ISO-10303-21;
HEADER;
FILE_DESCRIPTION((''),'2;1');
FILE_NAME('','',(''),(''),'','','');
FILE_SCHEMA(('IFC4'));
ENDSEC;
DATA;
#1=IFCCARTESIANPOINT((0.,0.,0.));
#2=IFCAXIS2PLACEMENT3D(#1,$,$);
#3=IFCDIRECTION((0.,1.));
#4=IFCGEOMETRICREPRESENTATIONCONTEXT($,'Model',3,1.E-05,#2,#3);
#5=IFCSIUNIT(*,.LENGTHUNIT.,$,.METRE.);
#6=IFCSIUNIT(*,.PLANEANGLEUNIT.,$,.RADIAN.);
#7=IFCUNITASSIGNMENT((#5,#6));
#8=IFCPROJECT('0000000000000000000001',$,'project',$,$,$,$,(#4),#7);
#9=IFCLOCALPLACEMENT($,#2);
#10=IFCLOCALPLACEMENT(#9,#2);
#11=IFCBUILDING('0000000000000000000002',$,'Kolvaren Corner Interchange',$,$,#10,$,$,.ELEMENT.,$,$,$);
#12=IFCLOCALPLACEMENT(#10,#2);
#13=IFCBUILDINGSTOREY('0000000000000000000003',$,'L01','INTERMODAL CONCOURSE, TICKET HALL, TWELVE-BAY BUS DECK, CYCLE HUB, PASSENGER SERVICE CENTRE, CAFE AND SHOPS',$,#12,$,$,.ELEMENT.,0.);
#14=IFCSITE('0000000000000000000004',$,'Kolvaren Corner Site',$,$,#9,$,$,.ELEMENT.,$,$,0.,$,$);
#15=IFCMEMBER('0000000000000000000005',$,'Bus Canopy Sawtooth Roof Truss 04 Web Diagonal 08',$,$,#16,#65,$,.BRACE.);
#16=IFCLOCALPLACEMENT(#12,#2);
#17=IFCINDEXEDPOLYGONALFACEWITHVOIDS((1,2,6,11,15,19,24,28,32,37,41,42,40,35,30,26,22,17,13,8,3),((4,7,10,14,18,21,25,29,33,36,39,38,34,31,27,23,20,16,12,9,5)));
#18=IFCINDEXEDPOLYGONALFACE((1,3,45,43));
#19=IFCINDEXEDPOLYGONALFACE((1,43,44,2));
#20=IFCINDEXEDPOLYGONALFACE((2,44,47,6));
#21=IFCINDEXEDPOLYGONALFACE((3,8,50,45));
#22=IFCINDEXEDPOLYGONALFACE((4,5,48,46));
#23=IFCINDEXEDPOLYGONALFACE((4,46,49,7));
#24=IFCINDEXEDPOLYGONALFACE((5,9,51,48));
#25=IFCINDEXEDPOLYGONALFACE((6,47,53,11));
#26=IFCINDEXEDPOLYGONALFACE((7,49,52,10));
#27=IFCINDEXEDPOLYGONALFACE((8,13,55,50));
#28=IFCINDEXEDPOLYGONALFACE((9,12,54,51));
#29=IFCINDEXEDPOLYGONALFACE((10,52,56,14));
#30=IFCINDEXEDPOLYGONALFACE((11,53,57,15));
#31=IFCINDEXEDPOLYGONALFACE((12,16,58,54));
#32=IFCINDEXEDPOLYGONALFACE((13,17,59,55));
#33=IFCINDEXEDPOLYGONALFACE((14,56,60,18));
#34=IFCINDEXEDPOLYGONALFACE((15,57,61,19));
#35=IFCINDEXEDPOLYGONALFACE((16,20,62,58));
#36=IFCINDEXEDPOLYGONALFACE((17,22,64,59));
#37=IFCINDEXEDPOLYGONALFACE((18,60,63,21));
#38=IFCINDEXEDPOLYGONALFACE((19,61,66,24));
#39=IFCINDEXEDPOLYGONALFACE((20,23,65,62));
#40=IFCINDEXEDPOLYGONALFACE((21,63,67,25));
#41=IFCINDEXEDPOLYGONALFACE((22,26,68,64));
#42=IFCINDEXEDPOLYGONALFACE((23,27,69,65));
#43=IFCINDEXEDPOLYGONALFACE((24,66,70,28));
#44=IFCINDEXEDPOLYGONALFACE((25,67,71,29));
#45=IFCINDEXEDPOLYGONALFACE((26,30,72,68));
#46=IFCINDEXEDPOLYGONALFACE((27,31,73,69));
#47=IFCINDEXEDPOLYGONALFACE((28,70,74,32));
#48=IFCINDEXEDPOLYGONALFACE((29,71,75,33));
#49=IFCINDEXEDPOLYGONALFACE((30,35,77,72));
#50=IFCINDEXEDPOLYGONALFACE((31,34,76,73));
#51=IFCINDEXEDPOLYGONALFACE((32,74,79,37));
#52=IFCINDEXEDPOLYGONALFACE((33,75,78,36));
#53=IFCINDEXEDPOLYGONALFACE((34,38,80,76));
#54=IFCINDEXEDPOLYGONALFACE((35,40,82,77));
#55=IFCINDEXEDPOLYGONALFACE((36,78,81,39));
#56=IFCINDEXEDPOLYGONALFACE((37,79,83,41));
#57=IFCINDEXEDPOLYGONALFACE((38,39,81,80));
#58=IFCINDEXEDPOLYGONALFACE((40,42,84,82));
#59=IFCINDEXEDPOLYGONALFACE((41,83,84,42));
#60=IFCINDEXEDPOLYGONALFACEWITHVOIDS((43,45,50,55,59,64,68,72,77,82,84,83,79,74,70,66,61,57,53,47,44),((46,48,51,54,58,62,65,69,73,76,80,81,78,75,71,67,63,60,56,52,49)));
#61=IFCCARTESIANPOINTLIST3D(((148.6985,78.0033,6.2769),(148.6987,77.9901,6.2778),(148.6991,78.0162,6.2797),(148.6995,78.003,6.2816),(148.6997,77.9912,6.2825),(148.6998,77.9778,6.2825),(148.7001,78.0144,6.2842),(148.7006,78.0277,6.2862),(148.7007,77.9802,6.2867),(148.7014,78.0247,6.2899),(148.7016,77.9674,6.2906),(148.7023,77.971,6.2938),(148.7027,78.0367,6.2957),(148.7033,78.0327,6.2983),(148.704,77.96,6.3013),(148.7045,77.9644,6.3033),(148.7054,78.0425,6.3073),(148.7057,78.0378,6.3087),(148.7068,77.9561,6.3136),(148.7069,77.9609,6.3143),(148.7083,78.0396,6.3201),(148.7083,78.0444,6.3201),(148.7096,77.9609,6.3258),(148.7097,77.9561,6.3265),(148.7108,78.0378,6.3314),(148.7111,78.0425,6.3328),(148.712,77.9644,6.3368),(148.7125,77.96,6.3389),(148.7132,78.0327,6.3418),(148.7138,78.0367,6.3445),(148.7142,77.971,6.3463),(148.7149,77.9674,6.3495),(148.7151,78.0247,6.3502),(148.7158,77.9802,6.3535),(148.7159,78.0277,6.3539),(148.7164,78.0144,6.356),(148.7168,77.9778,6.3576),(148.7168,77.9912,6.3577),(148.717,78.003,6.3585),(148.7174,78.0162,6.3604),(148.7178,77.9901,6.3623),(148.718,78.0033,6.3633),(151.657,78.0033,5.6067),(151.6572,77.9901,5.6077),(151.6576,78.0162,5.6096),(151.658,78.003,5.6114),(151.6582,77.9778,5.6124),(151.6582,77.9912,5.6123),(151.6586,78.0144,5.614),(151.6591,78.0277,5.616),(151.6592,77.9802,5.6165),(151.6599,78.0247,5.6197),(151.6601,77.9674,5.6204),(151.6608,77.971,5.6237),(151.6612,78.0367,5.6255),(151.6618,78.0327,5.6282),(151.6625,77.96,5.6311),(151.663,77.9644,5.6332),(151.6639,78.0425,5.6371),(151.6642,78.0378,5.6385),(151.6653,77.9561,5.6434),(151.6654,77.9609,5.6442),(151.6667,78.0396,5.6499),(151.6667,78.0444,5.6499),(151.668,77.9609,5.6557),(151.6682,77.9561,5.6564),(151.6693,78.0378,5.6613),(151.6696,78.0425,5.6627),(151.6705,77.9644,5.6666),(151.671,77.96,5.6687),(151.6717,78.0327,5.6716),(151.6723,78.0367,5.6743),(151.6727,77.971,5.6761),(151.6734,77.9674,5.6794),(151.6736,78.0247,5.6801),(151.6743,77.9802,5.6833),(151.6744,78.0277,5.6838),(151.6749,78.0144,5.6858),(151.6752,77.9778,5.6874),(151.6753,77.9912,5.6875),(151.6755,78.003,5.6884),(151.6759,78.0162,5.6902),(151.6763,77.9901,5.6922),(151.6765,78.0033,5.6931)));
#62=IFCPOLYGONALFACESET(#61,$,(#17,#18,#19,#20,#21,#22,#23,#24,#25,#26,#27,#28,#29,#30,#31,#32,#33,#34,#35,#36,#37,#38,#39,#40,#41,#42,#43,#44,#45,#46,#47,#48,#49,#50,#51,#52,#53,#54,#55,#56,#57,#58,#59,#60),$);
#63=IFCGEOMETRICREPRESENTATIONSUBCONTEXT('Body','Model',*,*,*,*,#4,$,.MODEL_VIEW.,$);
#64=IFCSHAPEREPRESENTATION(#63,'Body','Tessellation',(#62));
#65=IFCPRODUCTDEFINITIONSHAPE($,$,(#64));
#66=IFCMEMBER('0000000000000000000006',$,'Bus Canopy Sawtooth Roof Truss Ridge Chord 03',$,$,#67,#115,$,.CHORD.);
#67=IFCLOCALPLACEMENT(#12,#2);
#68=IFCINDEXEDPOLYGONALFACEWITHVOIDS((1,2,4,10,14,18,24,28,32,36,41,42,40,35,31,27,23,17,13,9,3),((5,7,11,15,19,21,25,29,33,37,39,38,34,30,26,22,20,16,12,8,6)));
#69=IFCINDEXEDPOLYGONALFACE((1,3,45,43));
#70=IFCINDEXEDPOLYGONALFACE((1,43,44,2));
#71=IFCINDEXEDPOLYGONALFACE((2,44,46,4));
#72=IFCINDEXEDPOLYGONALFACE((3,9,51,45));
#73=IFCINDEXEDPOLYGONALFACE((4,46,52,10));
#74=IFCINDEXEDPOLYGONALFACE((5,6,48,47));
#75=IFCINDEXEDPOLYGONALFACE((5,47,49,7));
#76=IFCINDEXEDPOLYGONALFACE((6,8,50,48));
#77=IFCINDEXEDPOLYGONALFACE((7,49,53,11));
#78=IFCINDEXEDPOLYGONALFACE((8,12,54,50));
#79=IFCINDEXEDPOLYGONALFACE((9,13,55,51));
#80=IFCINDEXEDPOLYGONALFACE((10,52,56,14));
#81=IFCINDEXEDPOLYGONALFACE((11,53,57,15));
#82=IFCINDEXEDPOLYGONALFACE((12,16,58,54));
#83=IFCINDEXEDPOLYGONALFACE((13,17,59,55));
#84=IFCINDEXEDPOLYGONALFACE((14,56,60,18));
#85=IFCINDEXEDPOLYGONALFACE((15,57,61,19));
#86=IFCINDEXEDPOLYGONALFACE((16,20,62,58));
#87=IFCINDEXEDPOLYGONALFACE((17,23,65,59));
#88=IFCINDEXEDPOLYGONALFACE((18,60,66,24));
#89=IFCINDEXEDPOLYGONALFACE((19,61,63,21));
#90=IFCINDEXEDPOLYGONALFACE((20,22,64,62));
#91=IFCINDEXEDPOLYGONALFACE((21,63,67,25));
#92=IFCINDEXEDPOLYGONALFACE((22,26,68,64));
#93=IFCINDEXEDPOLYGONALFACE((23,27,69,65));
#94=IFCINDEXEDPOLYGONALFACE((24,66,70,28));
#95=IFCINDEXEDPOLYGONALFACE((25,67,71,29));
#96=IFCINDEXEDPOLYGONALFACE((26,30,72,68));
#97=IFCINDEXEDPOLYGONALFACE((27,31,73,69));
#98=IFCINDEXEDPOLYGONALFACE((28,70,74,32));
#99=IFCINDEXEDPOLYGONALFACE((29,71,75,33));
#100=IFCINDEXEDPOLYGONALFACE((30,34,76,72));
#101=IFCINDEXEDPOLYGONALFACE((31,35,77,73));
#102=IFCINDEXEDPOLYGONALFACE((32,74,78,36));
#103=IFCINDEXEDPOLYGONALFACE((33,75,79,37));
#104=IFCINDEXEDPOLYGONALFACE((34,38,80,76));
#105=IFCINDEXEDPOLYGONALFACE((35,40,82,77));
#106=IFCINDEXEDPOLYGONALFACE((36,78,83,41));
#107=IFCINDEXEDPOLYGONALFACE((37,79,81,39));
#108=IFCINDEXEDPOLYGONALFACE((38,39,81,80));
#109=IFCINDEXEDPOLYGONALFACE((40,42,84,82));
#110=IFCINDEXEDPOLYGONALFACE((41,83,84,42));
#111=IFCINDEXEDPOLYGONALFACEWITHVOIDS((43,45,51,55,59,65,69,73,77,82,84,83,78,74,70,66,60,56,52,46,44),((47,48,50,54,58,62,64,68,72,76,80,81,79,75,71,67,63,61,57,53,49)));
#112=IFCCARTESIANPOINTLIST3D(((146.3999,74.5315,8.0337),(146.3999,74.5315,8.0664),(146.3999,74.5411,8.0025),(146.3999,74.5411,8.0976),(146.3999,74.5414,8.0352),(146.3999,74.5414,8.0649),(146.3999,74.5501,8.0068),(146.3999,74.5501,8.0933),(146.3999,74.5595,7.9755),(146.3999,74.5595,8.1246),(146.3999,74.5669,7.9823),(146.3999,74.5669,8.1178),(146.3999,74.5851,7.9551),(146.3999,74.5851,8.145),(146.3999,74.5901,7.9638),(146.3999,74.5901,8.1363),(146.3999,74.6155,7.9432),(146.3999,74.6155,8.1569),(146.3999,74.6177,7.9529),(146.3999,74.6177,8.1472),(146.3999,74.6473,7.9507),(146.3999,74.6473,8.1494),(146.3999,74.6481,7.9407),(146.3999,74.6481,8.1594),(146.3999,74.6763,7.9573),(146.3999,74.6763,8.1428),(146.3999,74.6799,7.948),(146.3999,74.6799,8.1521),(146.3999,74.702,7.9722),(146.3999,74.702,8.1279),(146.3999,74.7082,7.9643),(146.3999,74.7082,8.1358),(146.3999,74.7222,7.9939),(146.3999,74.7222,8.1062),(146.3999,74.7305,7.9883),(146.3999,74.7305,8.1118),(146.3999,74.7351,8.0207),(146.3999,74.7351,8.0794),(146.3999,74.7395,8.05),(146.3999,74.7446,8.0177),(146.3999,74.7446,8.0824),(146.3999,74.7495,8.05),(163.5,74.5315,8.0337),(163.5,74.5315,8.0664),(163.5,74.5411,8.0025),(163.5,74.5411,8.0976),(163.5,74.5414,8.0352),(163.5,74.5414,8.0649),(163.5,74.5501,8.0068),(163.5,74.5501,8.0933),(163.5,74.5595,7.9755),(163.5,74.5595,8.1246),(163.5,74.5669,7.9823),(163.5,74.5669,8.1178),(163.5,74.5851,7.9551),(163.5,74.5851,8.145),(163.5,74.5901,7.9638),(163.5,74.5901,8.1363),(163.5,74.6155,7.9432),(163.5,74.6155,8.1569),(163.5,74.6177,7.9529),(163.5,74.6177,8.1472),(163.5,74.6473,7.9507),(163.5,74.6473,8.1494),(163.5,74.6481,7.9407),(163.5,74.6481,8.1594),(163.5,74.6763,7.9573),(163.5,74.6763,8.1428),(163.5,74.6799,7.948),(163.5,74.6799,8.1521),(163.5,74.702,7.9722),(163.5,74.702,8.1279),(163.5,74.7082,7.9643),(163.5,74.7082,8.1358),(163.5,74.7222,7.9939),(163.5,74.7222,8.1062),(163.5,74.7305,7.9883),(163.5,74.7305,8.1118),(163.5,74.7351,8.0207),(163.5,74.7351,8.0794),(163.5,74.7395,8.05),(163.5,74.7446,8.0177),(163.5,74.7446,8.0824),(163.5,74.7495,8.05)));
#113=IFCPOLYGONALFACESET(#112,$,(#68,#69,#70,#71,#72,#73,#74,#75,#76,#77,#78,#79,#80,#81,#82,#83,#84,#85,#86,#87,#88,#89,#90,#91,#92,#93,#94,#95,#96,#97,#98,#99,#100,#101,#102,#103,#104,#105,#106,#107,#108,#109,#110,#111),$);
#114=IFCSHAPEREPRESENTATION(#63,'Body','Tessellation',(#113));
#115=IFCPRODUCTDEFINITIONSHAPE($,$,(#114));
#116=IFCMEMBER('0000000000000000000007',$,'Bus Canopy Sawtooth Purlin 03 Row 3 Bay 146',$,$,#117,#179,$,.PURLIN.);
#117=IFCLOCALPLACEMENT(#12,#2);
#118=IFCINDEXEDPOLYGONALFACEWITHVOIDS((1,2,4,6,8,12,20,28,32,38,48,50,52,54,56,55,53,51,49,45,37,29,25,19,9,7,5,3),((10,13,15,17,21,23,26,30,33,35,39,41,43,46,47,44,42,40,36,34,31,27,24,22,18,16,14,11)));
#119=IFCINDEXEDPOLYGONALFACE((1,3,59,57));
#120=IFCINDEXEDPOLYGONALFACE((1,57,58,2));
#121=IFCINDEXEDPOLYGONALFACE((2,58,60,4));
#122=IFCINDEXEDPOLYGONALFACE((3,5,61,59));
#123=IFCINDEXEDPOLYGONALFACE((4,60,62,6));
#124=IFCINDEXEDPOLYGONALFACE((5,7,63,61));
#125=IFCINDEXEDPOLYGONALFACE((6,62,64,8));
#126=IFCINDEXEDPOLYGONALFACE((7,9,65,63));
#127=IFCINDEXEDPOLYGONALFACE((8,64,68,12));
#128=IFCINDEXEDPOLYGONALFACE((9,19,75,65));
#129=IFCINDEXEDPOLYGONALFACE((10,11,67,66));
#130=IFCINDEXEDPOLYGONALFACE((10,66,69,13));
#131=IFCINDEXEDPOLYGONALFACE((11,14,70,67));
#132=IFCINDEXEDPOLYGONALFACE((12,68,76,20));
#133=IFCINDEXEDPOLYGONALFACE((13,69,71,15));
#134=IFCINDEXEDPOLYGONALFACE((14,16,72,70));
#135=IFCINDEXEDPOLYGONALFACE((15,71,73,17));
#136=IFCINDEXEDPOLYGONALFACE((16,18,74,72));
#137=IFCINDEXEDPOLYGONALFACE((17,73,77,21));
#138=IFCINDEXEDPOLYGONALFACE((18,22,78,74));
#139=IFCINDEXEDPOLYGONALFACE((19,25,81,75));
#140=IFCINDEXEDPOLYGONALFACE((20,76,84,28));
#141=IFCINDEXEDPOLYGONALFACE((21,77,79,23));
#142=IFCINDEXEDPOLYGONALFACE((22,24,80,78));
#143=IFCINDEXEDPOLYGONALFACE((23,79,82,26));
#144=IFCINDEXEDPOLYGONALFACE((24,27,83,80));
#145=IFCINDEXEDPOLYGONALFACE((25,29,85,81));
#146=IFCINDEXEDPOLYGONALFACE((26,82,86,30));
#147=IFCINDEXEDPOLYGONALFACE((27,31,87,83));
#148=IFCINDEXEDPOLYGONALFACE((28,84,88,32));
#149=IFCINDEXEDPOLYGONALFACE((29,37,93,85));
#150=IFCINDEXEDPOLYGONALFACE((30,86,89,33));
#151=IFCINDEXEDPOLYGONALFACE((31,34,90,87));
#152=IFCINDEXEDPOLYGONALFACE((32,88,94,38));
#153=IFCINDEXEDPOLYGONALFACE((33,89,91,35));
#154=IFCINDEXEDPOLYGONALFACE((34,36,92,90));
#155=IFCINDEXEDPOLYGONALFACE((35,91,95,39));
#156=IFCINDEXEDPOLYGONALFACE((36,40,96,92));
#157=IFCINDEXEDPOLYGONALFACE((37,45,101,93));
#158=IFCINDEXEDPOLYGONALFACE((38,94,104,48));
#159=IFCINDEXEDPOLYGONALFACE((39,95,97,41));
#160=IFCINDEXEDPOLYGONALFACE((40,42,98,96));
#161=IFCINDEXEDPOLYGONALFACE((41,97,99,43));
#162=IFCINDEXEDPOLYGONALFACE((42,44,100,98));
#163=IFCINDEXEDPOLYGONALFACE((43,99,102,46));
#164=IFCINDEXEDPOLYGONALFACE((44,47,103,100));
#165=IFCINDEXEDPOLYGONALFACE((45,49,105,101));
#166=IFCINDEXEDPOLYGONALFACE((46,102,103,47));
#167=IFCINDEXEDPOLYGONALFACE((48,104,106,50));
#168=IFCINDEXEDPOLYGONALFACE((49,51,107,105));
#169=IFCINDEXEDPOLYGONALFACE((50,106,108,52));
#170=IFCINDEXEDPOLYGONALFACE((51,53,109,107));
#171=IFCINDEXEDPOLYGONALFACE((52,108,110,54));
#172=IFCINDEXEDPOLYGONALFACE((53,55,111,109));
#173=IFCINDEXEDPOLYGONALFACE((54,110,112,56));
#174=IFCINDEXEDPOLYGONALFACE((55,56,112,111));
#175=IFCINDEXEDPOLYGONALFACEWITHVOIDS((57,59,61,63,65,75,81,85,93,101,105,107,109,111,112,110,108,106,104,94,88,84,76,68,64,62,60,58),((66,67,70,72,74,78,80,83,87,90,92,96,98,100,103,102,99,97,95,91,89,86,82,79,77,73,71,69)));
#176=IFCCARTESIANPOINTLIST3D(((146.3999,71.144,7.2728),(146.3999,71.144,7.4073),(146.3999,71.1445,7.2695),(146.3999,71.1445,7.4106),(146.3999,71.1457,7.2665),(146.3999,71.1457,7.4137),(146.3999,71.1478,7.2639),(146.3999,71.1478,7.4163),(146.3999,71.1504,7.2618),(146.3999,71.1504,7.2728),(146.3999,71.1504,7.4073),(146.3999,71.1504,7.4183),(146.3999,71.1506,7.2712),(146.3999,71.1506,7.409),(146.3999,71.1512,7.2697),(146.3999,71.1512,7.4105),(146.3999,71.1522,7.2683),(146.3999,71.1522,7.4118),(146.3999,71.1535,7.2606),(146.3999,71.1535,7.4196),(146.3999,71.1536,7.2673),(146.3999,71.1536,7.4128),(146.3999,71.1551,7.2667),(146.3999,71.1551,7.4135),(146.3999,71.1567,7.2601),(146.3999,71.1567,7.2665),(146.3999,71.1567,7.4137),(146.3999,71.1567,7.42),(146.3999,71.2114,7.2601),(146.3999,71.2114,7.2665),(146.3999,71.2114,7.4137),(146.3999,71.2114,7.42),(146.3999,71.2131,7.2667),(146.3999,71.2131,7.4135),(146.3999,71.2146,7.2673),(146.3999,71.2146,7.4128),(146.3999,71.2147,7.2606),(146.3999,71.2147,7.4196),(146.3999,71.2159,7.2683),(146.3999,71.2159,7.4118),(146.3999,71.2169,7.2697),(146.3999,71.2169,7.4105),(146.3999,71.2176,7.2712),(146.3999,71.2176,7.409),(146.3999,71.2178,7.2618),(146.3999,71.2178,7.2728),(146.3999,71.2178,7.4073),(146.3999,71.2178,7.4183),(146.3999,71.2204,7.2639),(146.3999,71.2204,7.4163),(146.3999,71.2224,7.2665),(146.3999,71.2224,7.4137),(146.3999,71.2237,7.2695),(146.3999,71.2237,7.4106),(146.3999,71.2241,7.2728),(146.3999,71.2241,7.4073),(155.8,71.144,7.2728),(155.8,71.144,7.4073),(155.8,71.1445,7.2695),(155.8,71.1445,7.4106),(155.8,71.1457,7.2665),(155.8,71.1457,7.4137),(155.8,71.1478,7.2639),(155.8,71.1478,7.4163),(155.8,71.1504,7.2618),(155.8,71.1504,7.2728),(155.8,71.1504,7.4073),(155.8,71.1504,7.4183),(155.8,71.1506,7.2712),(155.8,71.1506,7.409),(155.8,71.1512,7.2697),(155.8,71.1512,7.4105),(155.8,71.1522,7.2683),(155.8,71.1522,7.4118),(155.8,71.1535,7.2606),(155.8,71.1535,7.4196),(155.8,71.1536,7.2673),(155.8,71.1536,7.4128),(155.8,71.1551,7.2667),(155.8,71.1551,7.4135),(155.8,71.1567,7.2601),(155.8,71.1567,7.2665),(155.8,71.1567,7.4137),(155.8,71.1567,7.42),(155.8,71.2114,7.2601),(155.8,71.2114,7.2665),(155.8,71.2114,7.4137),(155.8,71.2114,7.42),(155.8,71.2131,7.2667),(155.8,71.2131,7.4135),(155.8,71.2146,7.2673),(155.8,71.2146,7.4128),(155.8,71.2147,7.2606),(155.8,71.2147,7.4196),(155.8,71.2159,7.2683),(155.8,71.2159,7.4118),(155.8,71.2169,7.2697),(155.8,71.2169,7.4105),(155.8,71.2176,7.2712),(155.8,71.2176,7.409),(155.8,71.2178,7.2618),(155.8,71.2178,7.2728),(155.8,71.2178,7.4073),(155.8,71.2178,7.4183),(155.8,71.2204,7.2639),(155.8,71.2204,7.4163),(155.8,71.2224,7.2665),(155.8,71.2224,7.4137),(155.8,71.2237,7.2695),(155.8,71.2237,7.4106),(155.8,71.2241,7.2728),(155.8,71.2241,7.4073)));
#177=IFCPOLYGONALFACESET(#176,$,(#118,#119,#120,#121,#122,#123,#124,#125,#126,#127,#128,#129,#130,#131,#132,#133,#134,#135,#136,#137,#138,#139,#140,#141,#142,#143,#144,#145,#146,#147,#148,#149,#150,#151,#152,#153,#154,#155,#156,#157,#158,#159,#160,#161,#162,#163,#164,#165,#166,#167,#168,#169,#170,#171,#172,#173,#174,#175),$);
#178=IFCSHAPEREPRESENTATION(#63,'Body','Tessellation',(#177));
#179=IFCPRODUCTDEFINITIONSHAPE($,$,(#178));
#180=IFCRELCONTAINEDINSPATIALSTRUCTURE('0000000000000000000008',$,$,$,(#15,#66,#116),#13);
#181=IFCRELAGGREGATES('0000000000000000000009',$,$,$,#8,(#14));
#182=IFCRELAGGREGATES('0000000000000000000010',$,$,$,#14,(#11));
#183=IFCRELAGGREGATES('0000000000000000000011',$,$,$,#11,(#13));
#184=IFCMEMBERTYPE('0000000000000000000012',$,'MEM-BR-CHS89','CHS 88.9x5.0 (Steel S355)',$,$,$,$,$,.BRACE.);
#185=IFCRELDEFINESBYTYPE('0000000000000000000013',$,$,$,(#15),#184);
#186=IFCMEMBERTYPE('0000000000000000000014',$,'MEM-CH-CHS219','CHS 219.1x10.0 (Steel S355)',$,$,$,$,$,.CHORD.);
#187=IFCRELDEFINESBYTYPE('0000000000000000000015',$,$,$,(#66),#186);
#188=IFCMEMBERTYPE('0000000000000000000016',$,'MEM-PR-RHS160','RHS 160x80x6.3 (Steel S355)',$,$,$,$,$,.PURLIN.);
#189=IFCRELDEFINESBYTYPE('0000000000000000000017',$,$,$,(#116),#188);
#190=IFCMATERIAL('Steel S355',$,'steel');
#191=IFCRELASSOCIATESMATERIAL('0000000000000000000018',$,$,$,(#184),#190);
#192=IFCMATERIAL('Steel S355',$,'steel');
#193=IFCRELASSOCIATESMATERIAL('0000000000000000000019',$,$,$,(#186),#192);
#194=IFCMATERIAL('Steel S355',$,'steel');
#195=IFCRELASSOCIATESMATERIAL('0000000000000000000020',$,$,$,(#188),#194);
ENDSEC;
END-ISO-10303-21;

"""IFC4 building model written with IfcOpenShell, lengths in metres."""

from ifc_helpers import new_model, si_unit, direction, frame, origin, origin_2d, place, context, subcontext, project, spatial, hollow_rectangle, hollow_circle, extrude, material, material_profile, profile_set, type_object, element, save


model = new_model("IFC4")

# Units and contexts
model_context = context("Model", 3, precision=1e-05, world=origin(), true_north=direction((0.0, 1.0)))
body_context = subcontext(model_context, "Body", "Model", "MODEL_VIEW")
ifc_project = project(units=[si_unit("LENGTHUNIT", "METRE"), si_unit("PLANEANGLEUNIT", "RADIAN")], contexts=[model_context])

# Site, building, storey
site_placement = place(None, origin())
site = spatial("IfcSite", under=ifc_project, at=site_placement, Name="Kolvaren Corner Site", CompositionType="ELEMENT", RefElevation=0.0)
building_placement = place(site_placement, origin())
building = spatial("IfcBuilding", under=site, at=building_placement, Name="Kolvaren Corner Interchange", CompositionType="ELEMENT")
storey_placement = place(building_placement, origin())
storey = spatial("IfcBuildingStorey", under=building, at=storey_placement, Name="L01", Description="INTERMODAL CONCOURSE, TICKET HALL, TWELVE-BAY BUS DECK, CYCLE HUB, PASSENGER SERVICE CENTRE, CAFE AND SHOPS", CompositionType="ELEMENT", Elevation=0.0)

# Members
ifc_material_1 = material(Name="Steel S355", Category="steel")
ifc_material_profile_1 = material_profile(ifc_material_1, hollow_circle(Radius=0.0444, WallThickness=0.0049, at=origin_2d()), Name="CHS 88.9x5.0")
ifc_profile_set_1 = profile_set([ifc_material_profile_1], Name="Steel S355")
member_type_1 = type_object("IfcMemberType", Name="MEM-BR-CHS89", Description="CHS 88.9x5.0 (Steel S355)", PredefinedType="BRACE", material=ifc_profile_set_1)
member_1_placement = place(storey_placement, frame((148.7083, 78.0, 6.3201), z_axis=(0.975291, 0.0, -0.220925), x_axis=(0.0, 1.0, 0.0)))
element("IfcMember", 1, at=member_1_placement, inside=storey, type_object=member_type_1, Name="Bus Canopy Sawtooth Roof Truss 04 Web Diagonal 08", PredefinedType="BRACE", context=body_context, shape_type="SweptSolid", body=[
    extrude(hollow_circle(Radius=0.0444, WallThickness=0.0049, at=origin_2d()), origin(), (0.0, 0.0, 1.0), 3.0334),
])
ifc_material_2 = material(Name="Steel S355", Category="steel")
ifc_material_profile_2 = material_profile(ifc_material_2, hollow_circle(Radius=0.1096, WallThickness=0.01, at=origin_2d()), Name="CHS 219.1x10.0")
ifc_profile_set_2 = profile_set([ifc_material_profile_2], Name="Steel S355")
member_type_2 = type_object("IfcMemberType", Name="MEM-CH-CHS219", Description="CHS 219.1x10.0 (Steel S355)", PredefinedType="CHORD", material=ifc_profile_set_2)
member_2_placement = place(storey_placement, frame((146.3999, 74.6399, 8.05), z_axis=(1.0, 0.0, 0.0), x_axis=(0.0, 1.0, 0.0)))
element("IfcMember", 2, at=member_2_placement, inside=storey, type_object=member_type_2, Name="Bus Canopy Sawtooth Roof Truss Ridge Chord 03", PredefinedType="CHORD", context=body_context, shape_type="SweptSolid", body=[
    extrude(hollow_circle(Radius=0.1096, WallThickness=0.01, at=origin_2d()), origin(), (0.0, 0.0, 1.0), 17.1001),
])
ifc_material_3 = material(Name="Steel S355", Category="steel")
ifc_material_profile_3 = material_profile(ifc_material_3, hollow_rectangle(XDim=0.0801, YDim=0.1599, WallThickness=0.0063, InnerFilletRadius=0.0063, OuterFilletRadius=0.0127, at=origin_2d()), Name="RHS 160x80x6.3")
ifc_profile_set_3 = profile_set([ifc_material_profile_3], Name="Steel S355")
member_type_3 = type_object("IfcMemberType", Name="MEM-PR-RHS160", Description="RHS 160x80x6.3 (Steel S355)", PredefinedType="PURLIN", material=ifc_profile_set_3)
member_3_placement = place(storey_placement, frame((146.3999, 71.1841, 7.3401), z_axis=(1.0, 0.0, 0.0), x_axis=(0.0, 1.0, 0.0)))
element("IfcMember", 3, at=member_3_placement, inside=storey, type_object=member_type_3, Name="Bus Canopy Sawtooth Purlin 03 Row 3 Bay 146", PredefinedType="PURLIN", context=body_context, shape_type="SweptSolid", body=[
    extrude(hollow_rectangle(XDim=0.0801, YDim=0.1599, WallThickness=0.0063, InnerFilletRadius=0.0063, OuterFilletRadius=0.0127, at=origin_2d()), origin(), (0.0, 0.0, 1.0), 9.4001),
])

save(model, "model.ifc")
